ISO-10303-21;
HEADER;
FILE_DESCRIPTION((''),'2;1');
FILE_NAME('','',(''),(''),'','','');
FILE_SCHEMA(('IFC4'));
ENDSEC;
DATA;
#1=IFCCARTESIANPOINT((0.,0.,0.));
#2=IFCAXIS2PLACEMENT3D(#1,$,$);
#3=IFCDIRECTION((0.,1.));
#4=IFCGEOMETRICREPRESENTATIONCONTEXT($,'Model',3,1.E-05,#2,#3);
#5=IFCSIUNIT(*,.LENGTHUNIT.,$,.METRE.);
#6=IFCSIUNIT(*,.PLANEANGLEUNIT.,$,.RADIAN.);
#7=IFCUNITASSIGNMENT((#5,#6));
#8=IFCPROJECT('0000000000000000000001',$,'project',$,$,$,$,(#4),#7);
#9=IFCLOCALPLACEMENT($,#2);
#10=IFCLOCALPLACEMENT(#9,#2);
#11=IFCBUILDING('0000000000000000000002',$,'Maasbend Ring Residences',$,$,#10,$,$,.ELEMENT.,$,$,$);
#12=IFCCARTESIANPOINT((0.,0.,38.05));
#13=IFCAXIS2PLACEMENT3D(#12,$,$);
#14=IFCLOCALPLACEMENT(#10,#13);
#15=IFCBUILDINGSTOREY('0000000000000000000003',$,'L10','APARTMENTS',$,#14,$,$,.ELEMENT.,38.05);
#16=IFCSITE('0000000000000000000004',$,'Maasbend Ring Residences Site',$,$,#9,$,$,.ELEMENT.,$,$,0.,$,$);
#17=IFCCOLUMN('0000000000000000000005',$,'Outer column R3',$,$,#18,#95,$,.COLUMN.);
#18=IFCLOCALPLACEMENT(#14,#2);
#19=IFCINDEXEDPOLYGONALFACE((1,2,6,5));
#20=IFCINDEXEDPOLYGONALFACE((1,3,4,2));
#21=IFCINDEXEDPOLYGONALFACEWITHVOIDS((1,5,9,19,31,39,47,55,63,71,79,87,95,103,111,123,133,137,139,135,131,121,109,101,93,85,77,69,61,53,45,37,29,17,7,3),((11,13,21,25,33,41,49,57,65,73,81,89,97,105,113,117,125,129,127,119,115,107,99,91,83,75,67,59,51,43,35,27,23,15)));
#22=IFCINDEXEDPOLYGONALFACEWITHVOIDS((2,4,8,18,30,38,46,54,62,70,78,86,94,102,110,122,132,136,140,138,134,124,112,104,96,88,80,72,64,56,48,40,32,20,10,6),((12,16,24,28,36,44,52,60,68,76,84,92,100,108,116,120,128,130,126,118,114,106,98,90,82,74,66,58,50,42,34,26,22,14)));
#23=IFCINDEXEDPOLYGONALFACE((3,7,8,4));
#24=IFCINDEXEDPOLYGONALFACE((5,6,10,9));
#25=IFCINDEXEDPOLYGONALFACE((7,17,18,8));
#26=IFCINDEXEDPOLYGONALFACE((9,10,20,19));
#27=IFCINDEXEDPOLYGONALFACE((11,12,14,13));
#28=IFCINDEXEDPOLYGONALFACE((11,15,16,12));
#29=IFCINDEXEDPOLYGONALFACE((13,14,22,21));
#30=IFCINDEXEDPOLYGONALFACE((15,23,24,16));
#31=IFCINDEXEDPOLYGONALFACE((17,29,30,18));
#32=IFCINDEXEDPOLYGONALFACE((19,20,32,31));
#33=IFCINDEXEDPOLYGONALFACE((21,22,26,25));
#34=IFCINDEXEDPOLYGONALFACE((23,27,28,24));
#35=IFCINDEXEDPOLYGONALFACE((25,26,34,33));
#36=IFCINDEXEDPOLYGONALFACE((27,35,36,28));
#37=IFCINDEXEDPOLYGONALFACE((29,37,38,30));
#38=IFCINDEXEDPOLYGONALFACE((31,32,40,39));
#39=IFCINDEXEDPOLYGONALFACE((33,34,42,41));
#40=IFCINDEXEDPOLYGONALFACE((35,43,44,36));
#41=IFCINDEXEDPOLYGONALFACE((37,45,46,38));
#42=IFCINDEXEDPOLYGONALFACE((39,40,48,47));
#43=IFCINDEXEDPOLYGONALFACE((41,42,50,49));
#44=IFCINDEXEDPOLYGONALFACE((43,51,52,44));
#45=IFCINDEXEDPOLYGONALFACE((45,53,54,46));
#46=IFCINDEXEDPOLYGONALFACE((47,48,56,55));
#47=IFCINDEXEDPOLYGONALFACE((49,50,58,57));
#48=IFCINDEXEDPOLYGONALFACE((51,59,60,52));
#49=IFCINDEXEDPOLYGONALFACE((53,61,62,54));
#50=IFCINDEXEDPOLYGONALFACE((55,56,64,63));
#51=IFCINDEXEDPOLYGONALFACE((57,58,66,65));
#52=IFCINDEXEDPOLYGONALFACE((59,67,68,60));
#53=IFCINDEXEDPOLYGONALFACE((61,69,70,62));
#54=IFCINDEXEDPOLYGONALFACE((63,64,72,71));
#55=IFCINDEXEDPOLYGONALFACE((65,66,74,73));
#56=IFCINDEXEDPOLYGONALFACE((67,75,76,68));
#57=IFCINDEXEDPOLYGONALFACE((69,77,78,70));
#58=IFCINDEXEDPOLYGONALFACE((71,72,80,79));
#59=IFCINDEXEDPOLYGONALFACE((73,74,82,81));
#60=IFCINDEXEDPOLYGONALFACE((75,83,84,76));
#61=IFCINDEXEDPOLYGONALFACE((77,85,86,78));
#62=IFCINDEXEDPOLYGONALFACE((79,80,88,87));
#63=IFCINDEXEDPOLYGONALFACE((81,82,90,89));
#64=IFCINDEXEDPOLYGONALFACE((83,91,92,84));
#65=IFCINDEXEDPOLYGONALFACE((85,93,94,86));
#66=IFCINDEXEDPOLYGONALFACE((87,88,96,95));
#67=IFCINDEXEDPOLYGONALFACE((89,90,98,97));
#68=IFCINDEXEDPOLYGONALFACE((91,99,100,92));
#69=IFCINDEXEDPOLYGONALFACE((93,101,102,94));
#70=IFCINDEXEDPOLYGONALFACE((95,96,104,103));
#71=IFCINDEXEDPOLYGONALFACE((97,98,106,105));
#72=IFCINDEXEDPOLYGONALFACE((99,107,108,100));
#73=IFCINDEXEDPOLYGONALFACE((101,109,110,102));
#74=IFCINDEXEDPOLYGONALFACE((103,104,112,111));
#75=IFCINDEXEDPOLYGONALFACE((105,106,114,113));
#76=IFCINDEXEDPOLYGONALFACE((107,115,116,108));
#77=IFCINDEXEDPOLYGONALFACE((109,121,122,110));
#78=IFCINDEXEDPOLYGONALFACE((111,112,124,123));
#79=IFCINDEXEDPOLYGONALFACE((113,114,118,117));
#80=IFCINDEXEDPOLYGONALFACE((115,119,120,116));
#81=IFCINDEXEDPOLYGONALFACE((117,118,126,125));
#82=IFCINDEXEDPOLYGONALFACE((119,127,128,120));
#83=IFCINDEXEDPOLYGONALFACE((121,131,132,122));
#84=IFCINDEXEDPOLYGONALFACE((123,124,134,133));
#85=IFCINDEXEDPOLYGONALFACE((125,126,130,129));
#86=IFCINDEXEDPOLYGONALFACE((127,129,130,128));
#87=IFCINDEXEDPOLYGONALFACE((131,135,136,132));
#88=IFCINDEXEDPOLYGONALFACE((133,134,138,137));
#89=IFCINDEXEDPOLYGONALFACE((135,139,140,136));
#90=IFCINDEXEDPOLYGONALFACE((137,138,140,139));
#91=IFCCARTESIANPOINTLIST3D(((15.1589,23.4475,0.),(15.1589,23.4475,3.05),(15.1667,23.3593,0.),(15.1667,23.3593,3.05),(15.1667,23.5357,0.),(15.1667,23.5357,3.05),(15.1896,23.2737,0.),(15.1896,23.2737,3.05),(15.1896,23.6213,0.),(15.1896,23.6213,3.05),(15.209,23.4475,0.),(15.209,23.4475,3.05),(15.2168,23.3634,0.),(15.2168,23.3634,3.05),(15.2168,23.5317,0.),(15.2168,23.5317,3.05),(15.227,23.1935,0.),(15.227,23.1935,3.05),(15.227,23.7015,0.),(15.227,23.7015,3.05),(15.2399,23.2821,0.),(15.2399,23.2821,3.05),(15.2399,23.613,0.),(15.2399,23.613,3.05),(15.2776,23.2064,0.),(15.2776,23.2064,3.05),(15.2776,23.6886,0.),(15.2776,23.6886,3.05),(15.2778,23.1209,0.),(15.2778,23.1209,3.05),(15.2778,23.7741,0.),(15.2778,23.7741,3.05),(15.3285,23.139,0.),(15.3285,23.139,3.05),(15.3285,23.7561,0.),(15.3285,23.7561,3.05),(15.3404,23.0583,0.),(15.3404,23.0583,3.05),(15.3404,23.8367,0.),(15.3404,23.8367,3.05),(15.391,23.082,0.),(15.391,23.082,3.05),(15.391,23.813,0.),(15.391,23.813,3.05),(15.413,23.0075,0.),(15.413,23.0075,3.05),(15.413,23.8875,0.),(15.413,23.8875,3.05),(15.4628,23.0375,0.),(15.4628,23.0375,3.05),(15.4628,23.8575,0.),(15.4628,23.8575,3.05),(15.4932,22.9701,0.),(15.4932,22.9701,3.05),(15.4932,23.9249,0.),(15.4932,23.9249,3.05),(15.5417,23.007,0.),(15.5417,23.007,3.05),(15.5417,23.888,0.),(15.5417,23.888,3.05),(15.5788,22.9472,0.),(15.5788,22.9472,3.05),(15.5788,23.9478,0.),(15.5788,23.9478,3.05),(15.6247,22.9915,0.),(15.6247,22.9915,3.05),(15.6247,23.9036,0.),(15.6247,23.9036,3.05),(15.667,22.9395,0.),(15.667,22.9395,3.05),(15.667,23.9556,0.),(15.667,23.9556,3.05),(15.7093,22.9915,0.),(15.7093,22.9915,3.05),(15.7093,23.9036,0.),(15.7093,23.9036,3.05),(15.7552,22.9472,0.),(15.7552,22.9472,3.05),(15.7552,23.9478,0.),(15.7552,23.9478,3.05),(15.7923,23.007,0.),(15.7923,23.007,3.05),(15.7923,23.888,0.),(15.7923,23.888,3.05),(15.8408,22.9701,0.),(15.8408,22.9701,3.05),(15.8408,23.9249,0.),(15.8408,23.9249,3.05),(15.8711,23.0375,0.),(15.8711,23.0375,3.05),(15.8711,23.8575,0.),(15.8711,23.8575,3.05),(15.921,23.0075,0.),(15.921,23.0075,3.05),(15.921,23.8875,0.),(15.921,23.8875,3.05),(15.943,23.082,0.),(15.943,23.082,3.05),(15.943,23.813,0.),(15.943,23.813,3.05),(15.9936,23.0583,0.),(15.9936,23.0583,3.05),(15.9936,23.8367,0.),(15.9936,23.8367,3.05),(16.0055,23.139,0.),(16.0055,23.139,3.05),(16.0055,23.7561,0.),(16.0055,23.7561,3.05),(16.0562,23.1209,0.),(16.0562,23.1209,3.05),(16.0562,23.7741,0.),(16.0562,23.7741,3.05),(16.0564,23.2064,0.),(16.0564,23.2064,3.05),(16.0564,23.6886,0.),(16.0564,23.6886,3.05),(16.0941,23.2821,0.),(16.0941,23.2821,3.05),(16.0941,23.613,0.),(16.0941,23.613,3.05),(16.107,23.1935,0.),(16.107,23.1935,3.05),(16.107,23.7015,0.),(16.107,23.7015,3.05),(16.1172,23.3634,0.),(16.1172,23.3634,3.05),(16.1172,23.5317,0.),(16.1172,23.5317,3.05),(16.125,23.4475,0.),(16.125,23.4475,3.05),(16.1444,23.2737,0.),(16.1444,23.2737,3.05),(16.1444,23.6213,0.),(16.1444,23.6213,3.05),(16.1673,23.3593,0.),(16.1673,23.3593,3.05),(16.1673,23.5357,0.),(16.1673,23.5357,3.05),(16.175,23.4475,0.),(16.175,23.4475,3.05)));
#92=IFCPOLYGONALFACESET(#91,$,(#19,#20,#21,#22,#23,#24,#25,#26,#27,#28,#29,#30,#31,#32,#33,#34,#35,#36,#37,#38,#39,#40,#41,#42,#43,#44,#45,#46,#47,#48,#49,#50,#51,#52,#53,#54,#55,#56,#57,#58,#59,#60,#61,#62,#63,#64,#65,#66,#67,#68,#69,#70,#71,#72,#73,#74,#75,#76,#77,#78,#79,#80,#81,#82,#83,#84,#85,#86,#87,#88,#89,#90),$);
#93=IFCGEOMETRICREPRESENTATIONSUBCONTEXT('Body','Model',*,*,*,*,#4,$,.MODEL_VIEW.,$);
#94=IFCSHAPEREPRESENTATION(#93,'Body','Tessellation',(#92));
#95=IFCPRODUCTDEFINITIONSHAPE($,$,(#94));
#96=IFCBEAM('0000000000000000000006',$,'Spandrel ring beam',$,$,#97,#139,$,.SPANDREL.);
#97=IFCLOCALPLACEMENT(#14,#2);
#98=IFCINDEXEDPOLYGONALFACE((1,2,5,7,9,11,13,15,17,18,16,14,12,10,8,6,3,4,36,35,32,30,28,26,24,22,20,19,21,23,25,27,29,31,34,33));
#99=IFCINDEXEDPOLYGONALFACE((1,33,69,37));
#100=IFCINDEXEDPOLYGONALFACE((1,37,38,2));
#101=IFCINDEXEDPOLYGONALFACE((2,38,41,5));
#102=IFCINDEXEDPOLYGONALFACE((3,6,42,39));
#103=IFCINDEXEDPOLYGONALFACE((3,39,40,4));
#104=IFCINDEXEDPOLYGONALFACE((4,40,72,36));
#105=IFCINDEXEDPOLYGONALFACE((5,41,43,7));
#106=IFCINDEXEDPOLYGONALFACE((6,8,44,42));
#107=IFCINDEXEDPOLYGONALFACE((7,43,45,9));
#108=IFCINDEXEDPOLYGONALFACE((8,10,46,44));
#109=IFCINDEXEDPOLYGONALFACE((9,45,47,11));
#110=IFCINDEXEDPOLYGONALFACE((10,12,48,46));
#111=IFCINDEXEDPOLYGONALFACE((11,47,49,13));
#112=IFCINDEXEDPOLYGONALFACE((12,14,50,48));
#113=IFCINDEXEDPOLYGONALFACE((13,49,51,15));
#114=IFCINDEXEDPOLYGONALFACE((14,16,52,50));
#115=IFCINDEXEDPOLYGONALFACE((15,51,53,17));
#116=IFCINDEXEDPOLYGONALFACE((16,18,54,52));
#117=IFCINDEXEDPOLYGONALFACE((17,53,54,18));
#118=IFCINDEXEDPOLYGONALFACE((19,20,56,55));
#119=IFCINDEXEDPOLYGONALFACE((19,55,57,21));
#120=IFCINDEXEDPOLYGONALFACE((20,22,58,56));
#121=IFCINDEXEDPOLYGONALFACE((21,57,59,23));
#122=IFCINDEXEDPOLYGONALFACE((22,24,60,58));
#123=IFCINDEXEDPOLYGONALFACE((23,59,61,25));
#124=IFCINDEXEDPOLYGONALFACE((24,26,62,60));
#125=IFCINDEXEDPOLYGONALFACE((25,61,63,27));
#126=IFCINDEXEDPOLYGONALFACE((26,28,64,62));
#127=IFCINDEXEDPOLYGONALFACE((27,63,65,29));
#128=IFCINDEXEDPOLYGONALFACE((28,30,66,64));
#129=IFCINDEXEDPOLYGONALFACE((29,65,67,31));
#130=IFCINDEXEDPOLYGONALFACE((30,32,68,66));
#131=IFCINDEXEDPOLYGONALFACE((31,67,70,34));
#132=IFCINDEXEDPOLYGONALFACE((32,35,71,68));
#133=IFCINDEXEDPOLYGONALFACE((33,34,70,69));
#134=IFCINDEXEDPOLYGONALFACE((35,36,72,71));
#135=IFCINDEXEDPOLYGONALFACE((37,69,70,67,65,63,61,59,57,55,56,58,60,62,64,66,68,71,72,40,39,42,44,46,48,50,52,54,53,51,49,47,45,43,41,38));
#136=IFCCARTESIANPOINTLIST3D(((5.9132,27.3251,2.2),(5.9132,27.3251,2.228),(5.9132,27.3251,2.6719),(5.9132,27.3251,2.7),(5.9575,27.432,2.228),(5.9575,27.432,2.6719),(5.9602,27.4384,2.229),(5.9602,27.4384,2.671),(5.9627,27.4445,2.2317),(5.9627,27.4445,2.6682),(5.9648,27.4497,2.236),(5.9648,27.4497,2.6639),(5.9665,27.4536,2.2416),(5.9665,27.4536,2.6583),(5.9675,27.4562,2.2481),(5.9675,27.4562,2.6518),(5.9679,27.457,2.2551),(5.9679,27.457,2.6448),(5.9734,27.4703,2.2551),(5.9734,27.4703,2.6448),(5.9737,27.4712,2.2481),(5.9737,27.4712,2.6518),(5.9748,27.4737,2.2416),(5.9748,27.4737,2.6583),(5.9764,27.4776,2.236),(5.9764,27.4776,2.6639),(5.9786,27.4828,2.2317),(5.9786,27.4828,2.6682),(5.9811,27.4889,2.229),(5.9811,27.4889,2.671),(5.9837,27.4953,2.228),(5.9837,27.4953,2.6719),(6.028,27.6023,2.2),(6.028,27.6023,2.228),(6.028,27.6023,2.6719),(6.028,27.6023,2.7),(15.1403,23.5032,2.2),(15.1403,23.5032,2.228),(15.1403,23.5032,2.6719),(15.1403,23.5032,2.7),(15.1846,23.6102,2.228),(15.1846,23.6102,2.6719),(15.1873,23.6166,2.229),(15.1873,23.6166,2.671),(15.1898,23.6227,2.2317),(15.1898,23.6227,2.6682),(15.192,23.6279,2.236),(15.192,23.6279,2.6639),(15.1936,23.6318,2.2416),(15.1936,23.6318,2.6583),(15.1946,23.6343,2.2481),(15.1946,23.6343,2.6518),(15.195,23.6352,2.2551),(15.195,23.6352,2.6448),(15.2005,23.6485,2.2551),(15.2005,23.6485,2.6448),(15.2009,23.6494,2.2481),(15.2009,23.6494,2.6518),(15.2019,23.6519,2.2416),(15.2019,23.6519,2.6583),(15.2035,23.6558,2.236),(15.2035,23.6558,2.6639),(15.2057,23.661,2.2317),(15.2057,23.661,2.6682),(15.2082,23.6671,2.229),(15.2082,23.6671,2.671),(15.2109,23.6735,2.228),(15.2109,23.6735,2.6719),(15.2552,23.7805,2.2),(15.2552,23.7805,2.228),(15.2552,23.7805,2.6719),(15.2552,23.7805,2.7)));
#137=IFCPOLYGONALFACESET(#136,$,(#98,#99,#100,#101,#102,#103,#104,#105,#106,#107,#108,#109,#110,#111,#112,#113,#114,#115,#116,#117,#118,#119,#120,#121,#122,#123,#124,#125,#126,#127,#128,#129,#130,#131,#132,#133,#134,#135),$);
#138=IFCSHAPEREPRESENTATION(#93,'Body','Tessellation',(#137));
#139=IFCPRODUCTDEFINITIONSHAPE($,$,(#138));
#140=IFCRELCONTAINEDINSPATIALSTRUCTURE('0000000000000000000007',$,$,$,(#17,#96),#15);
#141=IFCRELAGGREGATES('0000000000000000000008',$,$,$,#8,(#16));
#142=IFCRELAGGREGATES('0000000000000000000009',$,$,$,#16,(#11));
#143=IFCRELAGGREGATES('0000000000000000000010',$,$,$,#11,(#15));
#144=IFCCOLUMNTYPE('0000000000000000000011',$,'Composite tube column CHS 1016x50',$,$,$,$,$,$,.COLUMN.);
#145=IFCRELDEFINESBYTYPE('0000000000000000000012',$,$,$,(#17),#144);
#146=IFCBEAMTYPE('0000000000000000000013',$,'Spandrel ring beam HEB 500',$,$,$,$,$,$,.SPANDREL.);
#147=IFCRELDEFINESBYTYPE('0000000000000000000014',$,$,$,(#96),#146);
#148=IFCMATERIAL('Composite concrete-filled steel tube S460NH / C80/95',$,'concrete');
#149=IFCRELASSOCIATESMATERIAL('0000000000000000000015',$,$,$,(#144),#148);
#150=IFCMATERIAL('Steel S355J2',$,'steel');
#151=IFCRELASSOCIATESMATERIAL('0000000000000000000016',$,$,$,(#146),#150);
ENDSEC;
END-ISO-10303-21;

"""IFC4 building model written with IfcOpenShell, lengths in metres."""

from ifc_helpers import new_model, si_unit, direction, frame, origin, origin_2d, place, context, subcontext, project, spatial, hollow_circle, i_section, extrude, material, material_profile, profile_set, type_object, element, save


model = new_model("IFC4")

# Units and contexts
model_context = context("Model", 3, precision=1e-05, world=origin(), true_north=direction((0.0, 1.0)))
body_context = subcontext(model_context, "Body", "Model", "MODEL_VIEW")
ifc_project = project(units=[si_unit("LENGTHUNIT", "METRE"), si_unit("PLANEANGLEUNIT", "RADIAN")], contexts=[model_context])

# Site, building, storey
site_placement = place(None, origin())
site = spatial("IfcSite", under=ifc_project, at=site_placement, Name="Maasbend Ring Residences Site", CompositionType="ELEMENT", RefElevation=0.0)
building_placement = place(site_placement, origin())
building = spatial("IfcBuilding", under=site, at=building_placement, Name="Maasbend Ring Residences", CompositionType="ELEMENT")
storey_placement = place(building_placement, frame((0.0, 0.0, 38.05)))
storey = spatial("IfcBuildingStorey", under=building, at=storey_placement, Name="L10", Description="APARTMENTS", CompositionType="ELEMENT", Elevation=38.05)

# Column
ifc_material_1 = material(Name="Composite concrete-filled steel tube S460NH / C80/95", Category="concrete")
ifc_material_profile_1 = material_profile(ifc_material_1, hollow_circle(Radius=0.5081, WallThickness=0.05, at=origin_2d()), Name="Composite tube column CHS 1016x50")
ifc_profile_set_1 = profile_set([ifc_material_profile_1], Name="Composite concrete-filled steel tube S460NH / C80/95")
column_type = type_object("IfcColumnType", Name="Composite tube column CHS 1016x50", PredefinedType="COLUMN", material=ifc_profile_set_1)
column_placement = place(storey_placement, frame((15.667, 23.4475, 0.0), z_axis=(0.0, 0.0, 1.0), x_axis=(1.0, 0.0, 0.0)))
element("IfcColumn", 1, at=column_placement, inside=storey, type_object=column_type, Name="Outer column R3", PredefinedType="COLUMN", context=body_context, shape_type="SweptSolid", body=[
    extrude(hollow_circle(Radius=0.5081, WallThickness=0.05, at=origin_2d()), origin(), (0.0, 0.0, 1.0), 3.05),
])

# Beam
ifc_material_2 = material(Name="Steel S355J2", Category="steel")
ifc_material_profile_2 = material_profile(ifc_material_2, i_section(OverallWidth=0.3, OverallDepth=0.5, WebThickness=0.0144, FlangeThickness=0.0281, FilletRadius=0.0271, at=origin_2d()), Name="HEB 500")
ifc_profile_set_2 = profile_set([ifc_material_profile_2], Name="Steel S355J2")
beam_type = type_object("IfcBeamType", Name="Spandrel ring beam HEB 500", PredefinedType="SPANDREL", material=ifc_profile_set_2)
beam_placement = place(storey_placement, frame((15.1978, 23.6418, 2.45), z_axis=(-0.923886, 0.382667, 0.0), x_axis=(-0.382667, -0.923886, 0.0)))
element("IfcBeam", 2, at=beam_placement, inside=storey, type_object=beam_type, Name="Spandrel ring beam", PredefinedType="SPANDREL", context=body_context, shape_type="SweptSolid", body=[
    extrude(i_section(OverallWidth=0.3, OverallDepth=0.5, WebThickness=0.0144, FlangeThickness=0.0281, FilletRadius=0.0271, at=origin_2d()), origin(), (0.0, 0.0, 1.0), 9.9873),
])

save(model, "model.ifc")
